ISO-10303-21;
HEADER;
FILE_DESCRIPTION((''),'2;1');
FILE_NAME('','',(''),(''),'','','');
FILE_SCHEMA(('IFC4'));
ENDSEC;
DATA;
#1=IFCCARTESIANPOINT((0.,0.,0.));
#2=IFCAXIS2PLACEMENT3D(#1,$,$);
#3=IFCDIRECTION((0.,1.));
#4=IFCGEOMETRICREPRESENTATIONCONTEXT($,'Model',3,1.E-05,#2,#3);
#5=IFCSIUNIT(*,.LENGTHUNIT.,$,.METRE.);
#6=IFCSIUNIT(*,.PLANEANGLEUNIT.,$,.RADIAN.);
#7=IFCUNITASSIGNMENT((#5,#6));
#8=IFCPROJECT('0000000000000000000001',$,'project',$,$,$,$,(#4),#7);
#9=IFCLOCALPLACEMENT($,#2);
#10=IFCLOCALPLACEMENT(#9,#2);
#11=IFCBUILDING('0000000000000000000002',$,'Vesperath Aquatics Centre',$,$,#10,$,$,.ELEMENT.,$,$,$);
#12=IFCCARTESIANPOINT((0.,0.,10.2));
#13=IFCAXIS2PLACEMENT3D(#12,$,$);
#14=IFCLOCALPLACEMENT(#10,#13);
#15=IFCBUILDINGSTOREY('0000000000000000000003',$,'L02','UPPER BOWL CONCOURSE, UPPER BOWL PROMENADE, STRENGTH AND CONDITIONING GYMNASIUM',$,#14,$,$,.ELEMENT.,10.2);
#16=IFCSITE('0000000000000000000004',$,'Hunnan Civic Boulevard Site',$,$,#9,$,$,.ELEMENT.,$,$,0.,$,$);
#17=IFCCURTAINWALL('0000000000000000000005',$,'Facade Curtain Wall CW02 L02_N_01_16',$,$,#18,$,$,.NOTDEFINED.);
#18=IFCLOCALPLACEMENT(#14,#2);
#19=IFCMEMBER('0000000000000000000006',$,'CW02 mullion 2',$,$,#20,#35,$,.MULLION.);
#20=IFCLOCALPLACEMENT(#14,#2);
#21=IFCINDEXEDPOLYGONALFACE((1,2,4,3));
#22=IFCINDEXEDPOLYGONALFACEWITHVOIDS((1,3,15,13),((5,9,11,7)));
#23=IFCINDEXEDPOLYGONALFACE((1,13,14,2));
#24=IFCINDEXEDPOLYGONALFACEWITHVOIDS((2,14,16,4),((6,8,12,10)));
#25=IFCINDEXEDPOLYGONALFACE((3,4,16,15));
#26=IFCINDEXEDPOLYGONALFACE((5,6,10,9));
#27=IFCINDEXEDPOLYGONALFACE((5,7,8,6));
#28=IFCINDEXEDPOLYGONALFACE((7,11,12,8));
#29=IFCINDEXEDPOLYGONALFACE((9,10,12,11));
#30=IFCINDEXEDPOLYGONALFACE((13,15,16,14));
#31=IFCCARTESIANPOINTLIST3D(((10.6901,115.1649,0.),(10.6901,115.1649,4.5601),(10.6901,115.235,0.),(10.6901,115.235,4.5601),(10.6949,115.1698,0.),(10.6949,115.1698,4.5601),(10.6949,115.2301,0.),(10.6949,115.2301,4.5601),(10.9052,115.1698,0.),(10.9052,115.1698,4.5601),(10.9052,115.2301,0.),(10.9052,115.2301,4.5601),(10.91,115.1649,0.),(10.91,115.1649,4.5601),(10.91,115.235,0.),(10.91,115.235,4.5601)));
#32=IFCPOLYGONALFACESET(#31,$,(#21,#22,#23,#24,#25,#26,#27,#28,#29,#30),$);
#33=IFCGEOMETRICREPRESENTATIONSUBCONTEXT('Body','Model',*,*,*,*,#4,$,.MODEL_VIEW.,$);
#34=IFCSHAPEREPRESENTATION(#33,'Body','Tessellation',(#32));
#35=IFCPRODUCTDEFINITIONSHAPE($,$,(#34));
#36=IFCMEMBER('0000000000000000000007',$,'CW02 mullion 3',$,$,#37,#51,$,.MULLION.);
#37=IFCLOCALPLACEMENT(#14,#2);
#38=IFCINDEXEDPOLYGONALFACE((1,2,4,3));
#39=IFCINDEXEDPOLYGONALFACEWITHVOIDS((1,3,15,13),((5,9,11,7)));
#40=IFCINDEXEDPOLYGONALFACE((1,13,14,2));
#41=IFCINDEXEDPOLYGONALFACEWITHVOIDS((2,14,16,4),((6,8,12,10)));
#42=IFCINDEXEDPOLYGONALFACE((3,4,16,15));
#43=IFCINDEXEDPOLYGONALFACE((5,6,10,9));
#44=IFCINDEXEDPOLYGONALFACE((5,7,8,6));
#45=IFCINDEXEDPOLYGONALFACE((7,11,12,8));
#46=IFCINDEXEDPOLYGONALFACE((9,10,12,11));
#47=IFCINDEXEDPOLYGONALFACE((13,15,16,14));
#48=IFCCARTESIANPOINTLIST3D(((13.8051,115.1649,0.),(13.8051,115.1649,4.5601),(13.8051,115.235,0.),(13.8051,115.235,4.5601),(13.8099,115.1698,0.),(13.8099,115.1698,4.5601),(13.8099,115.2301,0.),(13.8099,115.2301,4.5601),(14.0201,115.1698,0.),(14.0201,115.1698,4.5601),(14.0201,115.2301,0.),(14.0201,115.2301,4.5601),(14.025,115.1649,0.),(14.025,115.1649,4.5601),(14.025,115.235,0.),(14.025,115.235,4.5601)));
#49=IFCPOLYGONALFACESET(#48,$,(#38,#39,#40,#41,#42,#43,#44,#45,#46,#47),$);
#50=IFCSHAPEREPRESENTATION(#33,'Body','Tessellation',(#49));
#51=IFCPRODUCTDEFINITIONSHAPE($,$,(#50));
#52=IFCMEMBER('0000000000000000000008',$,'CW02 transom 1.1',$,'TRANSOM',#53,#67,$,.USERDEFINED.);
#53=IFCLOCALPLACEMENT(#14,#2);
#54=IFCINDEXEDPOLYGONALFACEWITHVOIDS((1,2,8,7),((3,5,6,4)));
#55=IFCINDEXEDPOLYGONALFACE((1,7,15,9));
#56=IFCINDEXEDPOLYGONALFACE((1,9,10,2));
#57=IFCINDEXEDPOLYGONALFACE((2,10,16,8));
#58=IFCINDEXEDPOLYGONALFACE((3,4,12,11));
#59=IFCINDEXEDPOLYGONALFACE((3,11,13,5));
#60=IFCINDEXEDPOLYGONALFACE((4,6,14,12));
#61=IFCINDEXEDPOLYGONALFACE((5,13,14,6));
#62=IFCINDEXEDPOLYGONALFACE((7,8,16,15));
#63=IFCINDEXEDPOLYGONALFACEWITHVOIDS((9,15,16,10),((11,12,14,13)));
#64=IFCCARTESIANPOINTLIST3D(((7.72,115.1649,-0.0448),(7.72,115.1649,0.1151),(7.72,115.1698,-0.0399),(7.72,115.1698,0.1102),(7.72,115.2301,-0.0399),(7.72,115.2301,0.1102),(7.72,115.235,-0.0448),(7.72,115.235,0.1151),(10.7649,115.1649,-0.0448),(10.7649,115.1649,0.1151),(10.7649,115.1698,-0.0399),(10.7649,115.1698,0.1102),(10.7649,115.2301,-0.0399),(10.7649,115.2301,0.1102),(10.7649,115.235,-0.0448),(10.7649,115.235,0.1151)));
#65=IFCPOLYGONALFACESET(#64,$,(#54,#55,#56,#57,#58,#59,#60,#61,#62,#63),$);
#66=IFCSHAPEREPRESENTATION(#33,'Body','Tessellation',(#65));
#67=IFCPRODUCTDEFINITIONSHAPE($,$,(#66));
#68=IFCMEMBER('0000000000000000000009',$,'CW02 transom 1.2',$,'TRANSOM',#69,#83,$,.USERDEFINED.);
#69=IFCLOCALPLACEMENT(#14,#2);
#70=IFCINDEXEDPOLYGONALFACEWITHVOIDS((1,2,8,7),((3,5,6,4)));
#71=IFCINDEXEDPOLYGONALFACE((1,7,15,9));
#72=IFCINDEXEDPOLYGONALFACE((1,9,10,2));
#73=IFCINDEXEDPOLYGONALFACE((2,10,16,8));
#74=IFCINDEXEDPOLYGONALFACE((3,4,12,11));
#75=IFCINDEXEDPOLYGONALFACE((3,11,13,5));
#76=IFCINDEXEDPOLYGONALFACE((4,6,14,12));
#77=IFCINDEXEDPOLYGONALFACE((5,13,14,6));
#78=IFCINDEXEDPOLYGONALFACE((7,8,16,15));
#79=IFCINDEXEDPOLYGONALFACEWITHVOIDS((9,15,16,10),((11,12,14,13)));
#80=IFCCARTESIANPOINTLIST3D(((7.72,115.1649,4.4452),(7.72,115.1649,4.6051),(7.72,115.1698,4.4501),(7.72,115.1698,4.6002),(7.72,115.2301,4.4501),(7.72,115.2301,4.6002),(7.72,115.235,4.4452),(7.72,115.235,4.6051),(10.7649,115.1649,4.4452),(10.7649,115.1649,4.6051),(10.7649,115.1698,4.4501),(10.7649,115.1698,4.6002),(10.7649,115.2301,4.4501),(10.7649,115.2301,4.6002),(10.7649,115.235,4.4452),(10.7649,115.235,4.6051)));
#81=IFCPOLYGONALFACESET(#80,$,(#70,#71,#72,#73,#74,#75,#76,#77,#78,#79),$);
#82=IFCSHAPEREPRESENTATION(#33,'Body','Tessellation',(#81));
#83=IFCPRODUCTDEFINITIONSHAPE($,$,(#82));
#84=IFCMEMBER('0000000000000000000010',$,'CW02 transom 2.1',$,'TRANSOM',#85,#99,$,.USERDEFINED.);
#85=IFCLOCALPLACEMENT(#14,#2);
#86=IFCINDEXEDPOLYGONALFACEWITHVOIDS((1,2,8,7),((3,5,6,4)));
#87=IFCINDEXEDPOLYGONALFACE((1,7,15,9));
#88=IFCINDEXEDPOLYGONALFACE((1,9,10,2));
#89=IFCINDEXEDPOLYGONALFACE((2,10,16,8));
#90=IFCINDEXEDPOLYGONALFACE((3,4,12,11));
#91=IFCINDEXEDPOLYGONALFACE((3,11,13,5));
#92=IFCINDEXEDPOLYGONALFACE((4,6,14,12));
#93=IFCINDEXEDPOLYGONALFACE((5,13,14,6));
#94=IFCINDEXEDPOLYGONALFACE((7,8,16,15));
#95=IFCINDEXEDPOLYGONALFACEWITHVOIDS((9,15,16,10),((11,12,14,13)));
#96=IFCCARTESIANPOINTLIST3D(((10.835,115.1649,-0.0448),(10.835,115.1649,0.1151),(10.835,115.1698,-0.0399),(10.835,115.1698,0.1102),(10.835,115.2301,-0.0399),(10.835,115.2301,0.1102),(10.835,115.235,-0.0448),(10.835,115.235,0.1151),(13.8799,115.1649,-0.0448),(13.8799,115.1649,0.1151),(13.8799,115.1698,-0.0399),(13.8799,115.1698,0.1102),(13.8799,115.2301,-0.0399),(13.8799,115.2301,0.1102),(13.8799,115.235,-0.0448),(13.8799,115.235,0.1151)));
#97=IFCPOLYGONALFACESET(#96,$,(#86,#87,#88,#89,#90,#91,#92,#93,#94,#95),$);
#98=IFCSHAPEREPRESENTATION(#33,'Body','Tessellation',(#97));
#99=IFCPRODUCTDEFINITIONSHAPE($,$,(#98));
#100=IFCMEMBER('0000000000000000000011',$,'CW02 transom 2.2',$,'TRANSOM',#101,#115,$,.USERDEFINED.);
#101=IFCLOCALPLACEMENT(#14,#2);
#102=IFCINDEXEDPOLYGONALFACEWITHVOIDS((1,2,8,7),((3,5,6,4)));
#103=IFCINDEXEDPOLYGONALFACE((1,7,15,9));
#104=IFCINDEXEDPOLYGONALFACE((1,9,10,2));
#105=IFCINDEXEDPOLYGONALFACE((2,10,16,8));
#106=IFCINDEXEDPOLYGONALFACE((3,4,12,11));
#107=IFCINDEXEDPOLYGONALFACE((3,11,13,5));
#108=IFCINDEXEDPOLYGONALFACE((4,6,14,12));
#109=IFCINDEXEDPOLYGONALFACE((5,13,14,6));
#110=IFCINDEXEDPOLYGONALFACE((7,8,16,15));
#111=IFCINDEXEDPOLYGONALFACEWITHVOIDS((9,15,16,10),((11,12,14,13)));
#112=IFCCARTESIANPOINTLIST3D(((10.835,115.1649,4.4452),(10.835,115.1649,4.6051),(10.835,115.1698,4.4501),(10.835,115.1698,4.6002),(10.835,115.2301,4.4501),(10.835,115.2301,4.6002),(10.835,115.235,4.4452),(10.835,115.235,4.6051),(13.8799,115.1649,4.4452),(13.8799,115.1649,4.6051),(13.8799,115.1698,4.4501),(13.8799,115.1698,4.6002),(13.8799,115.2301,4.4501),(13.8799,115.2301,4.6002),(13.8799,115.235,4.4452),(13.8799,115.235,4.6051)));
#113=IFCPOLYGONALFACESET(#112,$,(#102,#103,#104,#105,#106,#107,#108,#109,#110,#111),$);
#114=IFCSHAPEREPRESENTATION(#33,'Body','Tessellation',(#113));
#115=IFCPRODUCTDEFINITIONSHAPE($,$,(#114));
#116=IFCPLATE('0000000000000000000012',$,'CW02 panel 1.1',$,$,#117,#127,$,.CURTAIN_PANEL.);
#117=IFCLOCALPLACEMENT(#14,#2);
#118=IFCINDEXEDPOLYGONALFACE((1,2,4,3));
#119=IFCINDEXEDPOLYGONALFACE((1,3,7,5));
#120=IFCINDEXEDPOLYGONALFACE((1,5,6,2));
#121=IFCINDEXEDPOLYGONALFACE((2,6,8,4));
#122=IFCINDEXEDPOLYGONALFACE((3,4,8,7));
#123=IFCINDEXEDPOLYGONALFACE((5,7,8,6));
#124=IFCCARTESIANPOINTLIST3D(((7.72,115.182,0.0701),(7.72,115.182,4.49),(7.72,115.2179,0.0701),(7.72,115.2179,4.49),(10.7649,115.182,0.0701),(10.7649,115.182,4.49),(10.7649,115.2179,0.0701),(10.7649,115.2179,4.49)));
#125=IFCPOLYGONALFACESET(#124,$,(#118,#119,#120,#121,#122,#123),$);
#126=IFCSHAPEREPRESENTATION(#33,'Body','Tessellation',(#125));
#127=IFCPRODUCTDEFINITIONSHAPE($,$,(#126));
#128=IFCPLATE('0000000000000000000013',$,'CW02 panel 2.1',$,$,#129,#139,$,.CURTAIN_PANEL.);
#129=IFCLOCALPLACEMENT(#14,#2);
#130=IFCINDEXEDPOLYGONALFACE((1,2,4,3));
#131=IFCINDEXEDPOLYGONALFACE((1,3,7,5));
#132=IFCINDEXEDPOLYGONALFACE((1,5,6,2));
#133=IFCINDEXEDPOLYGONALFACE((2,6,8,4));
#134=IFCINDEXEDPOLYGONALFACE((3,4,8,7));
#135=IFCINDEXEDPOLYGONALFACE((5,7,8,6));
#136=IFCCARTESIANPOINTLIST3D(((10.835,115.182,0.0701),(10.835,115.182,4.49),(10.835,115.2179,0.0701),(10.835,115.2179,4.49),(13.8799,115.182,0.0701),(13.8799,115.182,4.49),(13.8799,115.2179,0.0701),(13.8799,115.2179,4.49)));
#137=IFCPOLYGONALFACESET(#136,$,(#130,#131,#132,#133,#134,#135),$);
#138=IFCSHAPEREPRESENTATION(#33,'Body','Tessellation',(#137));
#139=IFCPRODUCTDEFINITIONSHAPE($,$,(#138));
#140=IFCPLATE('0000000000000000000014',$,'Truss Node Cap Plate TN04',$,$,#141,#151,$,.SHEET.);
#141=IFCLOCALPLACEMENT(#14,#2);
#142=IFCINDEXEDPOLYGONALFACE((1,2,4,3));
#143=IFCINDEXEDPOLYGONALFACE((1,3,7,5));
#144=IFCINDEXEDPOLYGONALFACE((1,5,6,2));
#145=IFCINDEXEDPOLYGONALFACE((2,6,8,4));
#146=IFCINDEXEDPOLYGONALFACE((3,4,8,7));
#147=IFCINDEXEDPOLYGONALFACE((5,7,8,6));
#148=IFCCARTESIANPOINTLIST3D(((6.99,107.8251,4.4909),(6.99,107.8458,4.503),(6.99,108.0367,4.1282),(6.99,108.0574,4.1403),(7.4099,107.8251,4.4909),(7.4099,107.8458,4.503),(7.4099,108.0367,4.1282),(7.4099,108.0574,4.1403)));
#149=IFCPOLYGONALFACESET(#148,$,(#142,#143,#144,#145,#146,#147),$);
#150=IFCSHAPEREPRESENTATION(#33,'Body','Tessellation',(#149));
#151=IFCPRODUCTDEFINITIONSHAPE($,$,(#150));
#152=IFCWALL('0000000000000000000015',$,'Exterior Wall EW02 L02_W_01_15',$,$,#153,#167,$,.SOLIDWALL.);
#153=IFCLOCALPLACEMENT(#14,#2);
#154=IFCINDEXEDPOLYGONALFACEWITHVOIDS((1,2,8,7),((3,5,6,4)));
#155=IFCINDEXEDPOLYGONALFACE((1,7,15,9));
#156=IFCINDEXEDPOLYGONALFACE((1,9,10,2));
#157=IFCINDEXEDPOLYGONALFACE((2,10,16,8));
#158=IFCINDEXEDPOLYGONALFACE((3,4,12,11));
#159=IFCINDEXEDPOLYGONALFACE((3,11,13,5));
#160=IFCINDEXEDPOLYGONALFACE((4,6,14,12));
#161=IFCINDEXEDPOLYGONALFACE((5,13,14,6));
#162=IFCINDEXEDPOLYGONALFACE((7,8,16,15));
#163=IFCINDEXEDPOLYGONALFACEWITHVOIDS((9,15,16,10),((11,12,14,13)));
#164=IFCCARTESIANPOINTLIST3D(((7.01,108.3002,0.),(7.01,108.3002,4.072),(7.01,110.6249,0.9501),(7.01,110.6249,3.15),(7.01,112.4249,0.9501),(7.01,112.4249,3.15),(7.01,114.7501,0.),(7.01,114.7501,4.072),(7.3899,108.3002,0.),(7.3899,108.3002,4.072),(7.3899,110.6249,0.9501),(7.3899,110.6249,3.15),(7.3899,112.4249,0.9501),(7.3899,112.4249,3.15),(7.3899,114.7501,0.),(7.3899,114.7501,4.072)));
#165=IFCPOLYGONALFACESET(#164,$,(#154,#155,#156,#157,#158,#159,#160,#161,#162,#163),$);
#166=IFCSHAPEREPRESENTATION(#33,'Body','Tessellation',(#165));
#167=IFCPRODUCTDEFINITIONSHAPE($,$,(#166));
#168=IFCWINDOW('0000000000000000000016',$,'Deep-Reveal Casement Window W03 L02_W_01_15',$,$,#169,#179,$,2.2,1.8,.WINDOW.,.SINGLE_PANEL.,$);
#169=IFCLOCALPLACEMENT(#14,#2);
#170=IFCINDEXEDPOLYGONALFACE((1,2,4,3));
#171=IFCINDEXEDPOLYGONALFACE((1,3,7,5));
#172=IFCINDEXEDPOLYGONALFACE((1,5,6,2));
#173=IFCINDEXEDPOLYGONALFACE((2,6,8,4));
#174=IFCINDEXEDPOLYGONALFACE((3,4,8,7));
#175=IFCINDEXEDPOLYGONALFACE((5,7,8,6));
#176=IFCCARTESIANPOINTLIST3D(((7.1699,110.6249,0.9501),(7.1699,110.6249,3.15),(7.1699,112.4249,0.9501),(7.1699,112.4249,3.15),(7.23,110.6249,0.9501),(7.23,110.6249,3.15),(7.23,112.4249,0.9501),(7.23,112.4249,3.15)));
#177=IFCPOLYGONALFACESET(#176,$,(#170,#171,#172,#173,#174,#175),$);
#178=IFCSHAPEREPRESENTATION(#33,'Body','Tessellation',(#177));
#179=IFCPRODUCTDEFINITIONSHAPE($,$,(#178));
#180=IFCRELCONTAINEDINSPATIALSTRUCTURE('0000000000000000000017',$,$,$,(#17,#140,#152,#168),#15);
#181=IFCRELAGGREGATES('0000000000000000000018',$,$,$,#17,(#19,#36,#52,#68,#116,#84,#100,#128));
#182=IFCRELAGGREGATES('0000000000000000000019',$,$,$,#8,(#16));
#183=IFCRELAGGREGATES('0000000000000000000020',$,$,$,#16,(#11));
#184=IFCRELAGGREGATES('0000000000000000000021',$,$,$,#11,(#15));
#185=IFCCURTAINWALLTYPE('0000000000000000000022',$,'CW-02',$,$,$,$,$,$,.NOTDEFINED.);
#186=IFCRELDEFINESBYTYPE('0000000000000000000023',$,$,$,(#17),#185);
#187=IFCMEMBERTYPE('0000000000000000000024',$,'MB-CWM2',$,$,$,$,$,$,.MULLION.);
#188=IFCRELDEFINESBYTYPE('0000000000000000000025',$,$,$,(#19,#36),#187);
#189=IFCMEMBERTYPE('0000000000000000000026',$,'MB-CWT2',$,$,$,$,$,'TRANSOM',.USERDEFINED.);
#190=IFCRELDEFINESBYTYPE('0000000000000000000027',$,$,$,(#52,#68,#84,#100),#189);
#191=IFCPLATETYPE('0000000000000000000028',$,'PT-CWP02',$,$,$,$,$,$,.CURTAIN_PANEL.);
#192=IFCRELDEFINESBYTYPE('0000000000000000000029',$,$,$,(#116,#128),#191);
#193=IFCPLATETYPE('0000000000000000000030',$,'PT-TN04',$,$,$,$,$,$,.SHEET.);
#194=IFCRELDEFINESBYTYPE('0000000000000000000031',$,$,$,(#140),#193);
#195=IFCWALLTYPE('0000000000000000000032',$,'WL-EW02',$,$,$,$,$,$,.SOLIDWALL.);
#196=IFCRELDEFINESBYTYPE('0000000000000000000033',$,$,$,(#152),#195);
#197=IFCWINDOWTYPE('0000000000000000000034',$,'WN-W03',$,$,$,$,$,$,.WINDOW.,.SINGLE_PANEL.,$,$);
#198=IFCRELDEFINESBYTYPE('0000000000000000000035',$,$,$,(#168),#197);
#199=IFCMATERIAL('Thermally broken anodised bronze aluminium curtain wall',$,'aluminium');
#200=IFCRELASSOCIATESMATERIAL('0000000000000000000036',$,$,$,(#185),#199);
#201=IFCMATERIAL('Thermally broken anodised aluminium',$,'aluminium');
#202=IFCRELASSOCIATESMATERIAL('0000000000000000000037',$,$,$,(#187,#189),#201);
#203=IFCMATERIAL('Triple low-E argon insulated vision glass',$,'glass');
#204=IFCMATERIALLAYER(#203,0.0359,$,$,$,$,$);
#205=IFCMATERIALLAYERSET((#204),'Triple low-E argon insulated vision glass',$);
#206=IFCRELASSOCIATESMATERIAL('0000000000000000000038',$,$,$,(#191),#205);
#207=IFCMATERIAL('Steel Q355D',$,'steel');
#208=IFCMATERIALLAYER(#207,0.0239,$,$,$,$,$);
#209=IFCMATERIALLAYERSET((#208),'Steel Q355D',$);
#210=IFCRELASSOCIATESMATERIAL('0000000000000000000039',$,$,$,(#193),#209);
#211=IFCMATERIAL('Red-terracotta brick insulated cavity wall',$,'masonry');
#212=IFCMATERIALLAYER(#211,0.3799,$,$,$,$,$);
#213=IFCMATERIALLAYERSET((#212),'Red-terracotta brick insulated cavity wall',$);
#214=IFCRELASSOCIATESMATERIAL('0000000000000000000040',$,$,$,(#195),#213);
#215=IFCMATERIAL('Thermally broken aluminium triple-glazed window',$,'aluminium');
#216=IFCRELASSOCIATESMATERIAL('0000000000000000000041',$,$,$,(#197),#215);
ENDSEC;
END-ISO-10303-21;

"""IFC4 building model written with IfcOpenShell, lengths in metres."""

from ifc_helpers import new_model, si_unit, direction, frame, frame_2d, origin, origin_2d, place, context, subcontext, project, spatial, rectangle, hollow_rectangle, extrude, material, layer, layer_set, material_profile, profile_set, type_object, element, fill, aggregate, save


model = new_model("IFC4")

# Units and contexts
model_context = context("Model", 3, precision=1e-05, world=origin(), true_north=direction((0.0, 1.0)))
body_context = subcontext(model_context, "Body", "Model", "MODEL_VIEW")
ifc_project = project(units=[si_unit("LENGTHUNIT", "METRE"), si_unit("PLANEANGLEUNIT", "RADIAN")], contexts=[model_context])

# Site, building, storey
site_placement = place(None, origin())
site = spatial("IfcSite", under=ifc_project, at=site_placement, Name="Hunnan Civic Boulevard Site", CompositionType="ELEMENT", RefElevation=0.0)
building_placement = place(site_placement, origin())
building = spatial("IfcBuilding", under=site, at=building_placement, Name="Vesperath Aquatics Centre", CompositionType="ELEMENT")
storey_placement = place(building_placement, frame((0.0, 0.0, 10.2)))
storey = spatial("IfcBuildingStorey", under=building, at=storey_placement, Name="L02", Description="UPPER BOWL CONCOURSE, UPPER BOWL PROMENADE, STRENGTH AND CONDITIONING GYMNASIUM", CompositionType="ELEMENT", Elevation=10.2)

# Shared definitions
ifc_material_1 = material(Name="Steel Q355D", Category="steel")

# Curtain wall, members, plates
ifc_material_2 = material(Name="Thermally broken anodised bronze aluminium curtain wall", Category="aluminium")
curtain_wall_type = type_object("IfcCurtainWallType", Name="CW-02", PredefinedType="NOTDEFINED", material=ifc_material_2)
curtain_wall_placement = place(storey_placement, origin())
curtain_wall = element("IfcCurtainWall", 1, at=curtain_wall_placement, inside=storey, type_object=curtain_wall_type, Name="Facade Curtain Wall CW02 L02_N_01_16", PredefinedType="NOTDEFINED")
ifc_material_3 = material(Name="Thermally broken anodised aluminium", Category="aluminium")
ifc_material_profile_1 = material_profile(ifc_material_3, hollow_rectangle(XDim=0.0701, YDim=0.22, WallThickness=0.0049, at=origin_2d()), Name="CWM 70x220x5")
ifc_profile_set_1 = profile_set([ifc_material_profile_1], Name="Thermally broken anodised aluminium")
member_type_1 = type_object("IfcMemberType", Name="MB-CWM2", PredefinedType="MULLION", material=ifc_profile_set_1)
member_1_placement = place(storey_placement, frame((10.8, 115.2, 0.0), z_axis=(0.0, 0.0, 1.0), x_axis=(0.0, 1.0, 0.0)))
member_1 = element("IfcMember", 2, at=member_1_placement, type_object=member_type_1, Name="CW02 mullion 2", PredefinedType="MULLION", context=body_context, shape_type="SweptSolid", body=[
    extrude(hollow_rectangle(XDim=0.0701, YDim=0.22, WallThickness=0.0049, at=origin_2d()), origin(), (0.0, 0.0, 1.0), 4.5601),
])
member_2_placement = place(storey_placement, frame((13.915, 115.2, 0.0), z_axis=(0.0, 0.0, 1.0), x_axis=(0.0, 1.0, 0.0)))
member_2 = element("IfcMember", 3, at=member_2_placement, type_object=member_type_1, Name="CW02 mullion 3", PredefinedType="MULLION", context=body_context, shape_type="SweptSolid", body=[
    extrude(hollow_rectangle(XDim=0.0701, YDim=0.22, WallThickness=0.0049, at=origin_2d()), origin(), (0.0, 0.0, 1.0), 4.5601),
])
ifc_material_profile_2 = material_profile(ifc_material_3, hollow_rectangle(XDim=0.0701, YDim=0.1599, WallThickness=0.0049, at=origin_2d()), Name="CWT 70x160x5")
ifc_profile_set_2 = profile_set([ifc_material_profile_2], Name="Thermally broken anodised aluminium")
member_type_2 = type_object("IfcMemberType", Name="MB-CWT2", ElementType="TRANSOM", PredefinedType="USERDEFINED", material=ifc_profile_set_2)
member_3_placement = place(storey_placement, frame((7.72, 115.2, 0.0352), z_axis=(1.0, 0.0, 0.0), x_axis=(0.0, 1.0, 0.0)))
member_3 = element("IfcMember", 4, at=member_3_placement, type_object=member_type_2, Name="CW02 transom 1.1", ObjectType="TRANSOM", PredefinedType="USERDEFINED", context=body_context, shape_type="SweptSolid", body=[
    extrude(hollow_rectangle(XDim=0.0701, YDim=0.1599, WallThickness=0.0049, at=origin_2d()), origin(), (0.0, 0.0, 1.0), 3.0449),
])
member_4_placement = place(storey_placement, frame((7.72, 115.2, 4.5251), z_axis=(1.0, 0.0, 0.0), x_axis=(0.0, 1.0, 0.0)))
member_4 = element("IfcMember", 5, at=member_4_placement, type_object=member_type_2, Name="CW02 transom 1.2", ObjectType="TRANSOM", PredefinedType="USERDEFINED", context=body_context, shape_type="SweptSolid", body=[
    extrude(hollow_rectangle(XDim=0.0701, YDim=0.1599, WallThickness=0.0049, at=origin_2d()), origin(), (0.0, 0.0, 1.0), 3.0449),
])
member_5_placement = place(storey_placement, frame((10.835, 115.2, 0.0352), z_axis=(1.0, 0.0, 0.0), x_axis=(0.0, 1.0, 0.0)))
member_5 = element("IfcMember", 6, at=member_5_placement, type_object=member_type_2, Name="CW02 transom 2.1", ObjectType="TRANSOM", PredefinedType="USERDEFINED", context=body_context, shape_type="SweptSolid", body=[
    extrude(hollow_rectangle(XDim=0.0701, YDim=0.1599, WallThickness=0.0049, at=origin_2d()), origin(), (0.0, 0.0, 1.0), 3.0449),
])
member_6_placement = place(storey_placement, frame((10.835, 115.2, 4.5251), z_axis=(1.0, 0.0, 0.0), x_axis=(0.0, 1.0, 0.0)))
member_6 = element("IfcMember", 7, at=member_6_placement, type_object=member_type_2, Name="CW02 transom 2.2", ObjectType="TRANSOM", PredefinedType="USERDEFINED", context=body_context, shape_type="SweptSolid", body=[
    extrude(hollow_rectangle(XDim=0.0701, YDim=0.1599, WallThickness=0.0049, at=origin_2d()), origin(), (0.0, 0.0, 1.0), 3.0449),
])
ifc_material_4 = material(Name="Triple low-E argon insulated vision glass", Category="glass")
ifc_layer_1 = layer(ifc_material_4, 0.0359)
ifc_layer_set_1 = layer_set([ifc_layer_1], Name="Triple low-E argon insulated vision glass")
plate_type_1 = type_object("IfcPlateType", Name="PT-CWP02", PredefinedType="CURTAIN_PANEL", material=ifc_layer_set_1)
plate_1_placement = place(storey_placement, frame((9.2424, 115.2, 0.0701), z_axis=(0.0, 0.0, 1.0), x_axis=(1.0, 0.0, 0.0)))
plate_1 = element("IfcPlate", 8, at=plate_1_placement, type_object=plate_type_1, Name="CW02 panel 1.1", PredefinedType="CURTAIN_PANEL", context=body_context, shape_type="SweptSolid", body=[
    extrude(rectangle(XDim=3.0449, YDim=0.0359, at=origin_2d()), origin(), (0.0, 0.0, 1.0), 4.4199),
])
plate_2_placement = place(storey_placement, frame((12.3574, 115.2, 0.0701), z_axis=(0.0, 0.0, 1.0), x_axis=(1.0, 0.0, 0.0)))
plate_2 = element("IfcPlate", 9, at=plate_2_placement, type_object=plate_type_1, Name="CW02 panel 2.1", PredefinedType="CURTAIN_PANEL", context=body_context, shape_type="SweptSolid", body=[
    extrude(rectangle(XDim=3.0449, YDim=0.0359, at=origin_2d()), origin(), (0.0, 0.0, 1.0), 4.4199),
])
aggregate(curtain_wall, [member_1, member_2, member_3, member_4, plate_1, member_5, member_6, plate_2])

# Plate
ifc_layer_2 = layer(ifc_material_1, 0.0239)
ifc_layer_set_2 = layer_set([ifc_layer_2], Name="Steel Q355D")
plate_type_2 = type_object("IfcPlateType", Name="PT-TN04", PredefinedType="SHEET", material=ifc_layer_set_2)
plate_3_placement = place(storey_placement, frame((7.2, 107.9309, 4.3096), z_axis=(0.0, 0.863779, 0.503871), x_axis=(-1.0, 0.0, 0.0)))
element("IfcPlate", 10, at=plate_3_placement, inside=storey, type_object=plate_type_2, Name="Truss Node Cap Plate TN04", PredefinedType="SHEET", context=body_context, shape_type="SweptSolid", body=[
    extrude(rectangle(XDim=0.4199, YDim=0.4199, at=origin_2d()), origin(), (0.0, 0.0, 1.0), 0.0239),
])

# Wall, opening, window
ifc_material_5 = material(Name="Red-terracotta brick insulated cavity wall", Category="masonry")
ifc_layer_3 = layer(ifc_material_5, 0.3799)
ifc_layer_set_3 = layer_set([ifc_layer_3], Name="Red-terracotta brick insulated cavity wall")
wall_type_1 = type_object("IfcWallType", Name="WL-EW02", PredefinedType="SOLIDWALL", material=ifc_layer_set_3)
wall_1_placement = place(storey_placement, frame((7.2, 108.3, 0.0), z_axis=(0.0, 0.0, 1.0), x_axis=(0.0, 1.0, 0.0)))
wall_1 = element("IfcWall", 11, at=wall_1_placement, inside=storey, type_object=wall_type_1, Name="Exterior Wall EW02 L02_W_01_15", PredefinedType="SOLIDWALL", context=body_context, shape_type="SweptSolid", body=[
    extrude(rectangle(XDim=6.45, YDim=0.3799, at=frame_2d((3.2251, 0.0))), origin(), (0.0, 0.0, 1.0), 4.072),
])
opening_1_placement = place(wall_1_placement, frame((2.325, 0.0, 0.95)))
opening_1 = element("IfcOpeningElement", 12, at=opening_1_placement, cuts=wall_1, PredefinedType="OPENING", context=body_context, shape_type="SweptSolid", body=[
    extrude(rectangle(XDim=1.8, YDim=2.2, at=frame_2d((0.8999, 1.1001))), frame((0.0, 0.2048, 0.0), z_axis=(0.0, -1.0, 0.0), x_axis=(1.0, 0.0, 0.0)), (0.0, 0.0, 1.0), 0.4097),
])
ifc_material_6 = material(Name="Thermally broken aluminium triple-glazed window", Category="aluminium")
window_type = type_object("IfcWindowType", Name="WN-W03", PartitioningType="SINGLE_PANEL", PredefinedType="WINDOW", material=ifc_material_6)
window_placement = place(opening_1_placement, origin())
window = element("IfcWindow", 13, at=window_placement, inside=storey, type_object=window_type, Name="Deep-Reveal Casement Window W03 L02_W_01_15", OverallHeight=2.2, OverallWidth=1.8, PartitioningType="SINGLE_PANEL", PredefinedType="WINDOW", context=body_context, shape_type="SweptSolid", body=[
    extrude(rectangle(XDim=1.8, YDim=2.2, at=frame_2d((0.8999, 1.1001))), frame((0.0, 0.03, 0.0), z_axis=(0.0, -1.0, 0.0), x_axis=(1.0, 0.0, 0.0)), (0.0, 0.0, 1.0), 0.0601),
])
fill(opening_1, window)

save(model, "model.ifc")
